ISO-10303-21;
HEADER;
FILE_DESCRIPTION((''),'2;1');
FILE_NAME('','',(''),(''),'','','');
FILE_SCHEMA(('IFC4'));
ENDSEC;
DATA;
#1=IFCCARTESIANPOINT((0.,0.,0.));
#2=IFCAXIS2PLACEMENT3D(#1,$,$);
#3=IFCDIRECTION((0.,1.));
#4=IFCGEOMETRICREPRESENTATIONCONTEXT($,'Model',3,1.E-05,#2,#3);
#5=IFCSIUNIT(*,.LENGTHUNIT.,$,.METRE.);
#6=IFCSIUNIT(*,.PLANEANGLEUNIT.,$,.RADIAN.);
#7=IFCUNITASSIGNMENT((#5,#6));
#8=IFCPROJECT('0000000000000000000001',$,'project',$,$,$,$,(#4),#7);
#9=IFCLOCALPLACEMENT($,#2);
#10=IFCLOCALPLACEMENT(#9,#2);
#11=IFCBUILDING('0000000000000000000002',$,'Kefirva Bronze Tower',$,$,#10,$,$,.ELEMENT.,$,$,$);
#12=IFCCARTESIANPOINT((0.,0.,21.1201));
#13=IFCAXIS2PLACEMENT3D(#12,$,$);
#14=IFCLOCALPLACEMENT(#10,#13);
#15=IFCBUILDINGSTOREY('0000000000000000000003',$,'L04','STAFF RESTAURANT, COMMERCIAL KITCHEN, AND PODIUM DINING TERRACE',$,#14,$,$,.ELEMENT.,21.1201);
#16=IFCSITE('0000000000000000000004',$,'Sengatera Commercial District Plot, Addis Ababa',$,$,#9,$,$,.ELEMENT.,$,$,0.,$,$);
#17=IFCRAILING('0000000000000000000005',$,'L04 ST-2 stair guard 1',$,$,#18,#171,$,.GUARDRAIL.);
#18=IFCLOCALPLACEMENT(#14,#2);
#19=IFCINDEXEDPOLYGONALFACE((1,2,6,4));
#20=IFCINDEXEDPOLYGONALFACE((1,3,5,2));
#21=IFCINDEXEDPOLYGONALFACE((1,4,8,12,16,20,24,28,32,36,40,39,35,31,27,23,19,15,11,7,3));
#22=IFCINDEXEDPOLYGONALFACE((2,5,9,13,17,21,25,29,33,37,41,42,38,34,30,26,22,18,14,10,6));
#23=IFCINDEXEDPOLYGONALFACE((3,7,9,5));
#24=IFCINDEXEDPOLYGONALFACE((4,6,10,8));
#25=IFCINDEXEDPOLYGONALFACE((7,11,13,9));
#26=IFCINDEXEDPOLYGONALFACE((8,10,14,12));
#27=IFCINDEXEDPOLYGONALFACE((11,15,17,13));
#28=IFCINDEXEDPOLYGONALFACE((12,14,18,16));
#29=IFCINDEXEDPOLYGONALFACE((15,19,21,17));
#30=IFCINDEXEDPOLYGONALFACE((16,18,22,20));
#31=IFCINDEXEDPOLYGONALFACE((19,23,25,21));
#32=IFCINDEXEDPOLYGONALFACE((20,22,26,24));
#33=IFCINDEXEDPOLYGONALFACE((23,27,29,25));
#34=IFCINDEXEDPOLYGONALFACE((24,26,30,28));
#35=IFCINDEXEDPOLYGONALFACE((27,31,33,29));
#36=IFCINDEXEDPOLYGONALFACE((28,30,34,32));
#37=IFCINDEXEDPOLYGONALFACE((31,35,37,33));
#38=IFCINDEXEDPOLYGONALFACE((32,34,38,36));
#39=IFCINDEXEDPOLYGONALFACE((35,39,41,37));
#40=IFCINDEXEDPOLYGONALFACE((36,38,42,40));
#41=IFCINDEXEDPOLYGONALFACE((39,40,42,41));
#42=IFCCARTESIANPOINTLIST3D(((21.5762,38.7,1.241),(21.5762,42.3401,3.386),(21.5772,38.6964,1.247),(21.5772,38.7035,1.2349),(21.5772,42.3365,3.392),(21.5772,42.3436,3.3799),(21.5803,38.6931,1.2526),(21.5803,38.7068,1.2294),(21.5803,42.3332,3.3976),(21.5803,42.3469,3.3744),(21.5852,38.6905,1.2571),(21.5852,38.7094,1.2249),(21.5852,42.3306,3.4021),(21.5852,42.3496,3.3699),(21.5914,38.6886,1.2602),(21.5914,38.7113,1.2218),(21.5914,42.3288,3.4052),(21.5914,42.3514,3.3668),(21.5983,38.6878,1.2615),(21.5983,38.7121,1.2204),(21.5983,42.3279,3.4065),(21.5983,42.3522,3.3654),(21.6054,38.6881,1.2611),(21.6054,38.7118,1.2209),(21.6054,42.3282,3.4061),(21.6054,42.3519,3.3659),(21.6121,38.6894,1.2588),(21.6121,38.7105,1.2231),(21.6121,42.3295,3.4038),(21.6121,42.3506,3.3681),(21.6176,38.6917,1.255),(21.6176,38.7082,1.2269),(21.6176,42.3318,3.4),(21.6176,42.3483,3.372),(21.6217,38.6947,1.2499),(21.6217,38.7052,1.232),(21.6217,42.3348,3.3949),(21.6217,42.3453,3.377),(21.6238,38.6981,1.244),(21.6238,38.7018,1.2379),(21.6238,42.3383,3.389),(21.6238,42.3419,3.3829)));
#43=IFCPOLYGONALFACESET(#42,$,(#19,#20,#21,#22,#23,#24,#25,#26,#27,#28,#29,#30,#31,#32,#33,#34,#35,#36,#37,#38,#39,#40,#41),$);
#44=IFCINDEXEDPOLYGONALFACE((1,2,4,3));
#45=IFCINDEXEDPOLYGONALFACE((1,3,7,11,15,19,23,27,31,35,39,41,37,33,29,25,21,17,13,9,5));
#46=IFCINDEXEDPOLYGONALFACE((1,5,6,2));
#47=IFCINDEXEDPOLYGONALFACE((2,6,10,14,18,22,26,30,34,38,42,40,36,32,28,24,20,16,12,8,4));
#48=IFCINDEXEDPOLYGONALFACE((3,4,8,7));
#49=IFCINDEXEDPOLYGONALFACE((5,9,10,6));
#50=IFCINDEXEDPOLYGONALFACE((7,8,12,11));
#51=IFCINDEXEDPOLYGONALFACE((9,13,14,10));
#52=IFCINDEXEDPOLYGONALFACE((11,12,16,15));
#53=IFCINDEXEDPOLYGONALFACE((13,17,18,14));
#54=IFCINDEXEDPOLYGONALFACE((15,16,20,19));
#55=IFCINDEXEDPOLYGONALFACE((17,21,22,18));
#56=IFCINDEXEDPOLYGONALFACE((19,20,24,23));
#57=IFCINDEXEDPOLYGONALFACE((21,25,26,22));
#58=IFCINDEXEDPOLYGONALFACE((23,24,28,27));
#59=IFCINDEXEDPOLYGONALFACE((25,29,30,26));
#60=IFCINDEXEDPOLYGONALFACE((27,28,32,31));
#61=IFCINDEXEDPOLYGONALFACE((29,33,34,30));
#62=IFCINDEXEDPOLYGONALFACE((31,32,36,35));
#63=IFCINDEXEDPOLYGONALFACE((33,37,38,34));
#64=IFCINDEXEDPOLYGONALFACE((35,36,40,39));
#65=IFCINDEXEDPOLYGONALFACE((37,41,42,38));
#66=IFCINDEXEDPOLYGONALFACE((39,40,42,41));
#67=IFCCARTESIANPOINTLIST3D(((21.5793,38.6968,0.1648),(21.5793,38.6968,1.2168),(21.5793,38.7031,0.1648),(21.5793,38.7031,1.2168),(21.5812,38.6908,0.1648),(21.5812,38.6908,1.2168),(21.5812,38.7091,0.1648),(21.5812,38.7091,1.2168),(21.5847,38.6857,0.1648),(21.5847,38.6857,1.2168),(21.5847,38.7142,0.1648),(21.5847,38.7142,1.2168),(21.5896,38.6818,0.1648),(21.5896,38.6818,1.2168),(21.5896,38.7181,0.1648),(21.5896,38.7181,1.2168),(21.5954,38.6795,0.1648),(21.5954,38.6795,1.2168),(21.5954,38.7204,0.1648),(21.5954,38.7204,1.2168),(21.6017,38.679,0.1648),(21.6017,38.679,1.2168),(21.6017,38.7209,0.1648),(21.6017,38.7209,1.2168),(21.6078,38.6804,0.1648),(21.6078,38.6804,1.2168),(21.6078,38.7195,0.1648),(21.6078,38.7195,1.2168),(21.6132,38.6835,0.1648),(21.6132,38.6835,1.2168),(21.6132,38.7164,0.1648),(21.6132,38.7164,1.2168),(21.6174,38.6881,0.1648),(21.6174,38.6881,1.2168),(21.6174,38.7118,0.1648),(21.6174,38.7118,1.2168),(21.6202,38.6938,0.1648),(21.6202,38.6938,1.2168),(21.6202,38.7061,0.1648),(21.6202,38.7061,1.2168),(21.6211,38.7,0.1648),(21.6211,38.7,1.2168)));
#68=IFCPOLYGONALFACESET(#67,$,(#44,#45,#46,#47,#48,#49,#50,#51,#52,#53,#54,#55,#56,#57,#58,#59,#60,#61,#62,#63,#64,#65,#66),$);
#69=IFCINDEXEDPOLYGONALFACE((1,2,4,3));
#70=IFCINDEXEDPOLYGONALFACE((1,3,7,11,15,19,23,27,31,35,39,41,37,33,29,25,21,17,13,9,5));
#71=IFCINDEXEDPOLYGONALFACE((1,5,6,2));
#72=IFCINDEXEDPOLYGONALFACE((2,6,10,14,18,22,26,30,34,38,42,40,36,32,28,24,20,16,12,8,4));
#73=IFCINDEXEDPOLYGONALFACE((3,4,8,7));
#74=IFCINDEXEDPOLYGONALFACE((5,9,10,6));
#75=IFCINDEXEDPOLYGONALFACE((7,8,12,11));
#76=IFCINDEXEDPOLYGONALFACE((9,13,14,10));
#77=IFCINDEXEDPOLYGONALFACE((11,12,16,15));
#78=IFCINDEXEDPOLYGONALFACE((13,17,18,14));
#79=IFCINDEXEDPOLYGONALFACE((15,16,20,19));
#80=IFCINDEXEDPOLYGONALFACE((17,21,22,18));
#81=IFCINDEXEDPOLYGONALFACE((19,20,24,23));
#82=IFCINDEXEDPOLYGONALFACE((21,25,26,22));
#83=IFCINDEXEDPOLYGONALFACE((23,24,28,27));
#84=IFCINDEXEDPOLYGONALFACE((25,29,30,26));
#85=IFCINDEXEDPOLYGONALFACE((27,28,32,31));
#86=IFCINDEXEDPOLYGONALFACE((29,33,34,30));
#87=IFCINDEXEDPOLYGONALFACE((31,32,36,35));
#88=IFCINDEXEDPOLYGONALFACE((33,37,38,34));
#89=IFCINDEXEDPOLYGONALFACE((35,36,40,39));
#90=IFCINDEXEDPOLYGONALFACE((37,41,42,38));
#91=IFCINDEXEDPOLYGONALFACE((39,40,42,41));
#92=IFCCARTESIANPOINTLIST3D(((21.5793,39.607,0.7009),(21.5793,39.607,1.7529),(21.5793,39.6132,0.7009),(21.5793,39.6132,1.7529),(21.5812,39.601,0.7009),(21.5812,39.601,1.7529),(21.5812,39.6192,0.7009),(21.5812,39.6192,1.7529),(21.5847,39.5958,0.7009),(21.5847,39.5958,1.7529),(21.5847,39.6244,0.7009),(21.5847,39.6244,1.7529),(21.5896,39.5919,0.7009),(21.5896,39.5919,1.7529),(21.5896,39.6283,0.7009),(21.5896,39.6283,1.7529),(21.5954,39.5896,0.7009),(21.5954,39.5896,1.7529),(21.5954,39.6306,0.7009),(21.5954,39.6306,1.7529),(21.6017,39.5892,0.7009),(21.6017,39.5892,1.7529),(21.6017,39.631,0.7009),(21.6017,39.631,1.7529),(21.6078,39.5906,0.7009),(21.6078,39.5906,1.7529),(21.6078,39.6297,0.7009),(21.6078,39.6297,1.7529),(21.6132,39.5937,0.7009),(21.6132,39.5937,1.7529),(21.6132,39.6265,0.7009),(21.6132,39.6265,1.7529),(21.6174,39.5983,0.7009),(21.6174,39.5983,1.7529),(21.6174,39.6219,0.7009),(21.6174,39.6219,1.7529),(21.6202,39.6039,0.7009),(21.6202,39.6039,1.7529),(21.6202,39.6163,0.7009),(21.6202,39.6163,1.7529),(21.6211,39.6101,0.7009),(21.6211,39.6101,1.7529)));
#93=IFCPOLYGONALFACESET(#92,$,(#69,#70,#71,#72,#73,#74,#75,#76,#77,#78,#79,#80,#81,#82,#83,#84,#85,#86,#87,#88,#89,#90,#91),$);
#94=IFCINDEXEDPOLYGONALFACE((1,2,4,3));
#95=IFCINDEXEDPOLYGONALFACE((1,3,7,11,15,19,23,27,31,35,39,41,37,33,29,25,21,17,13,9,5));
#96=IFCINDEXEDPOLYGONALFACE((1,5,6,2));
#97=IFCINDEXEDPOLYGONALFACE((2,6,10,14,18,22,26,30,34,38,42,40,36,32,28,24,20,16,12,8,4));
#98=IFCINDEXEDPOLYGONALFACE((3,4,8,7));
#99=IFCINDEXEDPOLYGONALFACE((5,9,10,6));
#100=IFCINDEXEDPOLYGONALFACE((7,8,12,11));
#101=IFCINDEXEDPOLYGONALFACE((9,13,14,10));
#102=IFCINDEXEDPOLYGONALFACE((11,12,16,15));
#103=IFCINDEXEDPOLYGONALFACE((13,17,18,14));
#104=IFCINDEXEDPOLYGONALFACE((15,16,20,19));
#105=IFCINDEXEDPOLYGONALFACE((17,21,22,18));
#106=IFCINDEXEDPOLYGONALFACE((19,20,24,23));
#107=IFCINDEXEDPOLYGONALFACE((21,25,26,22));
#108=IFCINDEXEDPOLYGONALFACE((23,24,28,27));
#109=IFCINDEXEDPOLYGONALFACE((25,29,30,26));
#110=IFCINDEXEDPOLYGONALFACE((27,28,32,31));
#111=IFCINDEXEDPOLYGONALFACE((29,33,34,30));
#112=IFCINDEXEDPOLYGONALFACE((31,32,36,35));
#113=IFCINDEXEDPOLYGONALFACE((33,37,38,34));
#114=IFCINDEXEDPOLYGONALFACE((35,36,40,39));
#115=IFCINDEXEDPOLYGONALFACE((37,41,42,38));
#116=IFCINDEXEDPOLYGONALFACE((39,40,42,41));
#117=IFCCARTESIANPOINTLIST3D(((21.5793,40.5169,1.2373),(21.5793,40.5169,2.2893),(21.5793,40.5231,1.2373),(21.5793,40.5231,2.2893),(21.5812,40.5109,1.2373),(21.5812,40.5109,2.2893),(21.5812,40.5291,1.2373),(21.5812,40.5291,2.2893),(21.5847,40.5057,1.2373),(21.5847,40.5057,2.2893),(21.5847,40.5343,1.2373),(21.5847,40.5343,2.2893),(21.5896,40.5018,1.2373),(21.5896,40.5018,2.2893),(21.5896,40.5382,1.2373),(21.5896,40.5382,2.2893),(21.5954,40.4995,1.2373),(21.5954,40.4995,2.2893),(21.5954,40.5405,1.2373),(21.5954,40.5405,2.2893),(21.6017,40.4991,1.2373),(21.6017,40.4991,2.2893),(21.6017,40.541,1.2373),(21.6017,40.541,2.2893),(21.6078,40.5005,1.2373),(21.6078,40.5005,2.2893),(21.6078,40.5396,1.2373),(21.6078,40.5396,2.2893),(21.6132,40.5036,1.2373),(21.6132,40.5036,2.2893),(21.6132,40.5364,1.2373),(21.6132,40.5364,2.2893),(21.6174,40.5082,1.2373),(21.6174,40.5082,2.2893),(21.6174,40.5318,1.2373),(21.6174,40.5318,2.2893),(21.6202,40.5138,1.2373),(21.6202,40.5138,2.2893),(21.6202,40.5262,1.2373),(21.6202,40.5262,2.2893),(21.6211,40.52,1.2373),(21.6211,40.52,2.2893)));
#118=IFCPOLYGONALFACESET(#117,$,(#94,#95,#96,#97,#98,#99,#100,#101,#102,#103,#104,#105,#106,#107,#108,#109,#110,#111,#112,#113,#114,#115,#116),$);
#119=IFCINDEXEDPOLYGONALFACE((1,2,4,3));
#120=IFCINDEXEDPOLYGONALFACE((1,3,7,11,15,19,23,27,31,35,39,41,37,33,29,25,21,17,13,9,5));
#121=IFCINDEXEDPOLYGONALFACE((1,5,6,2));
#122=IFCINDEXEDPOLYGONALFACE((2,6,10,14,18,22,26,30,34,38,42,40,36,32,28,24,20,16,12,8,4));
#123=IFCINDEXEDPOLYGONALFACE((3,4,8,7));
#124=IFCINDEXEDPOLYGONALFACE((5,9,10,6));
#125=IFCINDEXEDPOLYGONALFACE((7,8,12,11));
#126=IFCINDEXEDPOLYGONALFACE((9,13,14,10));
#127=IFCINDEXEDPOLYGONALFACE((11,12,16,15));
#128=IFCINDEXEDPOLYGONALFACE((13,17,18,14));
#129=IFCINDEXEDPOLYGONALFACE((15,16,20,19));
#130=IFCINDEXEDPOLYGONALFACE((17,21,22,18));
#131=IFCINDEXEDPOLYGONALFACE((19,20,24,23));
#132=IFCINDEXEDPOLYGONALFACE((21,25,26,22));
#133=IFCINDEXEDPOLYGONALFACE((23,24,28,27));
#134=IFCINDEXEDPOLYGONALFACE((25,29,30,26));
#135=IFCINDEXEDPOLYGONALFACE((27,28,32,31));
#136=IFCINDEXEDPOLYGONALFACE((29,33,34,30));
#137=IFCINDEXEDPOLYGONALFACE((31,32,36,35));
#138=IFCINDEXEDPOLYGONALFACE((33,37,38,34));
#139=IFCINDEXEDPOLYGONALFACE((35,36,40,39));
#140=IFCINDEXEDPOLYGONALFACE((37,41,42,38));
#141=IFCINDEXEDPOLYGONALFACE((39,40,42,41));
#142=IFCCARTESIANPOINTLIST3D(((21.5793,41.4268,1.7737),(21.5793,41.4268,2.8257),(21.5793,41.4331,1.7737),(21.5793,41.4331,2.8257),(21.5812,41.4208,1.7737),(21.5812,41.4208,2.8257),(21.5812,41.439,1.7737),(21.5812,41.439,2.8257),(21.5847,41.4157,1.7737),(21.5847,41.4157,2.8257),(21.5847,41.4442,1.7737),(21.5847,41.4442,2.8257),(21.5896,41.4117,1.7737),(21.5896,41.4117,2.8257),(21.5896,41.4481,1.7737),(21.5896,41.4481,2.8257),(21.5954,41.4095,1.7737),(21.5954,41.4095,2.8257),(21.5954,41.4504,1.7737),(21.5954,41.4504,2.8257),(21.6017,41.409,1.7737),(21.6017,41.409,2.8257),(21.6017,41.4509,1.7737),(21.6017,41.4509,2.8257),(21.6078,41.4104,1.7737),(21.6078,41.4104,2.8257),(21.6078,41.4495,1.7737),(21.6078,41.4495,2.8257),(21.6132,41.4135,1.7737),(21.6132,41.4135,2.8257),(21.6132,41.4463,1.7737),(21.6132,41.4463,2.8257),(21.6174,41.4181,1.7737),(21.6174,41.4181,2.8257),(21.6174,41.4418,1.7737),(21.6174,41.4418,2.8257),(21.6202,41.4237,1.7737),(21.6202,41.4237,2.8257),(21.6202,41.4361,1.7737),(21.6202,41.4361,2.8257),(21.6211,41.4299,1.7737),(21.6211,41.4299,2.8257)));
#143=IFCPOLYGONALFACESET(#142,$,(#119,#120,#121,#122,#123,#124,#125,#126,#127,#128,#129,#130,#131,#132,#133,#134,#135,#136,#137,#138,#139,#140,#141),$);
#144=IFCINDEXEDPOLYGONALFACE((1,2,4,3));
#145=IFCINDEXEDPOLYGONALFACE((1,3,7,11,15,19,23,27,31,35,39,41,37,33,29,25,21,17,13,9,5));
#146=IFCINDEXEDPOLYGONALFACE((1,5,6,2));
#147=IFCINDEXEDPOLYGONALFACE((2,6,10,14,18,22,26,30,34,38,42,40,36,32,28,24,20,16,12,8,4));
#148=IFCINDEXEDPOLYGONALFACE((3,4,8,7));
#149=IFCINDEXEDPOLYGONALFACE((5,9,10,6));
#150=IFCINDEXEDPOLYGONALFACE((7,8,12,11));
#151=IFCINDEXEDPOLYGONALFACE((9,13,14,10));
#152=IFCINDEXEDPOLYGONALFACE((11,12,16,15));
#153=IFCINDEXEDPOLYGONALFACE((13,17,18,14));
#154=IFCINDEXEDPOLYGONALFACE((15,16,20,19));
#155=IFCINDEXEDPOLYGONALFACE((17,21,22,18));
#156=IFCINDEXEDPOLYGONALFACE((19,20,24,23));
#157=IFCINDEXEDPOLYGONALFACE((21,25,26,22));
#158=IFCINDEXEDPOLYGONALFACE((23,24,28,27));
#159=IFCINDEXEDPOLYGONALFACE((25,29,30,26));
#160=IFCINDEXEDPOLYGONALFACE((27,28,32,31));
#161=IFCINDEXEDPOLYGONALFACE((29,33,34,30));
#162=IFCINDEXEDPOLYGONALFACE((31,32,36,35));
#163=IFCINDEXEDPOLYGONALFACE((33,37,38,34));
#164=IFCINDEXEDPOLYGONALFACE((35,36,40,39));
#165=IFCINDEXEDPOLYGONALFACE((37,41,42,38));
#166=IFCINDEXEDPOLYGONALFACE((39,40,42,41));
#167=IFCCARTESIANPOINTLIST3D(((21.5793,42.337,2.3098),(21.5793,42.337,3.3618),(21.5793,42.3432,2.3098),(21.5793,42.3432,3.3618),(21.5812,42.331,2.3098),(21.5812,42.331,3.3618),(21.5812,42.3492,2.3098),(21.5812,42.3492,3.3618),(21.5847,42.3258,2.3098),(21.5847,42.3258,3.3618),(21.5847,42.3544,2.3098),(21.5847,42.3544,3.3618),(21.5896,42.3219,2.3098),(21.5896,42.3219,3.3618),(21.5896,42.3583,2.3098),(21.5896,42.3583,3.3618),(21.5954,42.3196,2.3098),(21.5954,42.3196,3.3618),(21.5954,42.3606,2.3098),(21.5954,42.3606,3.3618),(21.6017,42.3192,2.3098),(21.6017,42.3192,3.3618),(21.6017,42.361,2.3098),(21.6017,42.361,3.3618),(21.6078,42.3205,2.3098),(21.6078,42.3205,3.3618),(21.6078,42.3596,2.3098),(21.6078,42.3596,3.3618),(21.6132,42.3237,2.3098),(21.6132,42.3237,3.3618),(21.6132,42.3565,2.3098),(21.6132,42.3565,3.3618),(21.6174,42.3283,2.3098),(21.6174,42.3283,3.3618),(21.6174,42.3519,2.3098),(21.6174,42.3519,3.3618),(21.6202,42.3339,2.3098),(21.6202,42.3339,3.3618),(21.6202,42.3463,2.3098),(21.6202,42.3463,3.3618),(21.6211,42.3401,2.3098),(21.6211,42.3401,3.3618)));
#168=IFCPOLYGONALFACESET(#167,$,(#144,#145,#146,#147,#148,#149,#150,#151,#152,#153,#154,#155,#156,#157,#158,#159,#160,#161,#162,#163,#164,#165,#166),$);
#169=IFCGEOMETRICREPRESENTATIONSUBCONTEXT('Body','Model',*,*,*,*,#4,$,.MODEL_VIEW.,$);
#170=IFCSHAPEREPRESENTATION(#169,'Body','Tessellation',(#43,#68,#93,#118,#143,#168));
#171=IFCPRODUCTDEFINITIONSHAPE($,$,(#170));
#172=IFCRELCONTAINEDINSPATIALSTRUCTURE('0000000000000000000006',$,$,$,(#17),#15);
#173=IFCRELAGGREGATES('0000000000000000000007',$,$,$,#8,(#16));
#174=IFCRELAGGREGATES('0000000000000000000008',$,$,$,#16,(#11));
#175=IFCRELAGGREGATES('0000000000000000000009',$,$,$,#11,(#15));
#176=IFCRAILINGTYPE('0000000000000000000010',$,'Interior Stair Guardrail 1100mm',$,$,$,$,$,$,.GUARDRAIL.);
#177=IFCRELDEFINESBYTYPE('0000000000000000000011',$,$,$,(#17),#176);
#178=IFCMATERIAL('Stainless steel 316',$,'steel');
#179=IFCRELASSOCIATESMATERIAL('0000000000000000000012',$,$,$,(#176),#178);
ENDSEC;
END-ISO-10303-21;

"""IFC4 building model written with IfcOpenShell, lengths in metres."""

from ifc_helpers import new_model, si_unit, direction, frame, origin, origin_2d, place, context, subcontext, project, spatial, circle, extrude, material, type_object, element, save


model = new_model("IFC4")

# Units and contexts
model_context = context("Model", 3, precision=1e-05, world=origin(), true_north=direction((0.0, 1.0)))
body_context = subcontext(model_context, "Body", "Model", "MODEL_VIEW")
ifc_project = project(units=[si_unit("LENGTHUNIT", "METRE"), si_unit("PLANEANGLEUNIT", "RADIAN")], contexts=[model_context])

# Site, building, storey
site_placement = place(None, origin())
site = spatial("IfcSite", under=ifc_project, at=site_placement, Name="Sengatera Commercial District Plot, Addis Ababa", CompositionType="ELEMENT", RefElevation=0.0)
building_placement = place(site_placement, origin())
building = spatial("IfcBuilding", under=site, at=building_placement, Name="Kefirva Bronze Tower", CompositionType="ELEMENT")
storey_placement = place(building_placement, frame((0.0, 0.0, 21.1201)))
storey = spatial("IfcBuildingStorey", under=building, at=storey_placement, Name="L04", Description="STAFF RESTAURANT, COMMERCIAL KITCHEN, AND PODIUM DINING TERRACE", CompositionType="ELEMENT", Elevation=21.1201)

# Railing
ifc_material_1 = material(Name="Stainless steel 316", Category="steel")
railing_type_1 = type_object("IfcRailingType", Name="Interior Stair Guardrail 1100mm", PredefinedType="GUARDRAIL", material=ifc_material_1)
railing_1_placement = place(storey_placement, frame((21.6001, 38.7, 0.1648)))
element("IfcRailing", 1, at=railing_1_placement, inside=storey, type_object=railing_type_1, Name="L04 ST-2 stair guard 1", PredefinedType="GUARDRAIL", context=body_context, shape_type="SweptSolid", body=[
    extrude(circle(Radius=0.0239, at=origin_2d()), frame((0.0, 0.0, 1.0762), z_axis=(0.0, 0.861545, 0.507682), x_axis=(-1.0, 0.0, 0.0)), (0.0, 0.0, 1.0), 4.2251),
    extrude(circle(Radius=0.021, at=origin_2d()), origin(), (0.0, 0.0, 1.0), 1.052),
    extrude(circle(Radius=0.021, at=origin_2d()), frame((0.0, 0.9102, 0.5361)), (0.0, 0.0, 1.0), 1.052),
    extrude(circle(Radius=0.021, at=origin_2d()), frame((0.0, 1.8201, 1.0725)), (0.0, 0.0, 1.0), 1.052),
    extrude(circle(Radius=0.021, at=origin_2d()), frame((0.0, 2.73, 1.6089)), (0.0, 0.0, 1.0), 1.052),
    extrude(circle(Radius=0.021, at=origin_2d()), frame((0.0, 3.6401, 2.145)), (0.0, 0.0, 1.0), 1.052),
])

save(model, "model.ifc")
